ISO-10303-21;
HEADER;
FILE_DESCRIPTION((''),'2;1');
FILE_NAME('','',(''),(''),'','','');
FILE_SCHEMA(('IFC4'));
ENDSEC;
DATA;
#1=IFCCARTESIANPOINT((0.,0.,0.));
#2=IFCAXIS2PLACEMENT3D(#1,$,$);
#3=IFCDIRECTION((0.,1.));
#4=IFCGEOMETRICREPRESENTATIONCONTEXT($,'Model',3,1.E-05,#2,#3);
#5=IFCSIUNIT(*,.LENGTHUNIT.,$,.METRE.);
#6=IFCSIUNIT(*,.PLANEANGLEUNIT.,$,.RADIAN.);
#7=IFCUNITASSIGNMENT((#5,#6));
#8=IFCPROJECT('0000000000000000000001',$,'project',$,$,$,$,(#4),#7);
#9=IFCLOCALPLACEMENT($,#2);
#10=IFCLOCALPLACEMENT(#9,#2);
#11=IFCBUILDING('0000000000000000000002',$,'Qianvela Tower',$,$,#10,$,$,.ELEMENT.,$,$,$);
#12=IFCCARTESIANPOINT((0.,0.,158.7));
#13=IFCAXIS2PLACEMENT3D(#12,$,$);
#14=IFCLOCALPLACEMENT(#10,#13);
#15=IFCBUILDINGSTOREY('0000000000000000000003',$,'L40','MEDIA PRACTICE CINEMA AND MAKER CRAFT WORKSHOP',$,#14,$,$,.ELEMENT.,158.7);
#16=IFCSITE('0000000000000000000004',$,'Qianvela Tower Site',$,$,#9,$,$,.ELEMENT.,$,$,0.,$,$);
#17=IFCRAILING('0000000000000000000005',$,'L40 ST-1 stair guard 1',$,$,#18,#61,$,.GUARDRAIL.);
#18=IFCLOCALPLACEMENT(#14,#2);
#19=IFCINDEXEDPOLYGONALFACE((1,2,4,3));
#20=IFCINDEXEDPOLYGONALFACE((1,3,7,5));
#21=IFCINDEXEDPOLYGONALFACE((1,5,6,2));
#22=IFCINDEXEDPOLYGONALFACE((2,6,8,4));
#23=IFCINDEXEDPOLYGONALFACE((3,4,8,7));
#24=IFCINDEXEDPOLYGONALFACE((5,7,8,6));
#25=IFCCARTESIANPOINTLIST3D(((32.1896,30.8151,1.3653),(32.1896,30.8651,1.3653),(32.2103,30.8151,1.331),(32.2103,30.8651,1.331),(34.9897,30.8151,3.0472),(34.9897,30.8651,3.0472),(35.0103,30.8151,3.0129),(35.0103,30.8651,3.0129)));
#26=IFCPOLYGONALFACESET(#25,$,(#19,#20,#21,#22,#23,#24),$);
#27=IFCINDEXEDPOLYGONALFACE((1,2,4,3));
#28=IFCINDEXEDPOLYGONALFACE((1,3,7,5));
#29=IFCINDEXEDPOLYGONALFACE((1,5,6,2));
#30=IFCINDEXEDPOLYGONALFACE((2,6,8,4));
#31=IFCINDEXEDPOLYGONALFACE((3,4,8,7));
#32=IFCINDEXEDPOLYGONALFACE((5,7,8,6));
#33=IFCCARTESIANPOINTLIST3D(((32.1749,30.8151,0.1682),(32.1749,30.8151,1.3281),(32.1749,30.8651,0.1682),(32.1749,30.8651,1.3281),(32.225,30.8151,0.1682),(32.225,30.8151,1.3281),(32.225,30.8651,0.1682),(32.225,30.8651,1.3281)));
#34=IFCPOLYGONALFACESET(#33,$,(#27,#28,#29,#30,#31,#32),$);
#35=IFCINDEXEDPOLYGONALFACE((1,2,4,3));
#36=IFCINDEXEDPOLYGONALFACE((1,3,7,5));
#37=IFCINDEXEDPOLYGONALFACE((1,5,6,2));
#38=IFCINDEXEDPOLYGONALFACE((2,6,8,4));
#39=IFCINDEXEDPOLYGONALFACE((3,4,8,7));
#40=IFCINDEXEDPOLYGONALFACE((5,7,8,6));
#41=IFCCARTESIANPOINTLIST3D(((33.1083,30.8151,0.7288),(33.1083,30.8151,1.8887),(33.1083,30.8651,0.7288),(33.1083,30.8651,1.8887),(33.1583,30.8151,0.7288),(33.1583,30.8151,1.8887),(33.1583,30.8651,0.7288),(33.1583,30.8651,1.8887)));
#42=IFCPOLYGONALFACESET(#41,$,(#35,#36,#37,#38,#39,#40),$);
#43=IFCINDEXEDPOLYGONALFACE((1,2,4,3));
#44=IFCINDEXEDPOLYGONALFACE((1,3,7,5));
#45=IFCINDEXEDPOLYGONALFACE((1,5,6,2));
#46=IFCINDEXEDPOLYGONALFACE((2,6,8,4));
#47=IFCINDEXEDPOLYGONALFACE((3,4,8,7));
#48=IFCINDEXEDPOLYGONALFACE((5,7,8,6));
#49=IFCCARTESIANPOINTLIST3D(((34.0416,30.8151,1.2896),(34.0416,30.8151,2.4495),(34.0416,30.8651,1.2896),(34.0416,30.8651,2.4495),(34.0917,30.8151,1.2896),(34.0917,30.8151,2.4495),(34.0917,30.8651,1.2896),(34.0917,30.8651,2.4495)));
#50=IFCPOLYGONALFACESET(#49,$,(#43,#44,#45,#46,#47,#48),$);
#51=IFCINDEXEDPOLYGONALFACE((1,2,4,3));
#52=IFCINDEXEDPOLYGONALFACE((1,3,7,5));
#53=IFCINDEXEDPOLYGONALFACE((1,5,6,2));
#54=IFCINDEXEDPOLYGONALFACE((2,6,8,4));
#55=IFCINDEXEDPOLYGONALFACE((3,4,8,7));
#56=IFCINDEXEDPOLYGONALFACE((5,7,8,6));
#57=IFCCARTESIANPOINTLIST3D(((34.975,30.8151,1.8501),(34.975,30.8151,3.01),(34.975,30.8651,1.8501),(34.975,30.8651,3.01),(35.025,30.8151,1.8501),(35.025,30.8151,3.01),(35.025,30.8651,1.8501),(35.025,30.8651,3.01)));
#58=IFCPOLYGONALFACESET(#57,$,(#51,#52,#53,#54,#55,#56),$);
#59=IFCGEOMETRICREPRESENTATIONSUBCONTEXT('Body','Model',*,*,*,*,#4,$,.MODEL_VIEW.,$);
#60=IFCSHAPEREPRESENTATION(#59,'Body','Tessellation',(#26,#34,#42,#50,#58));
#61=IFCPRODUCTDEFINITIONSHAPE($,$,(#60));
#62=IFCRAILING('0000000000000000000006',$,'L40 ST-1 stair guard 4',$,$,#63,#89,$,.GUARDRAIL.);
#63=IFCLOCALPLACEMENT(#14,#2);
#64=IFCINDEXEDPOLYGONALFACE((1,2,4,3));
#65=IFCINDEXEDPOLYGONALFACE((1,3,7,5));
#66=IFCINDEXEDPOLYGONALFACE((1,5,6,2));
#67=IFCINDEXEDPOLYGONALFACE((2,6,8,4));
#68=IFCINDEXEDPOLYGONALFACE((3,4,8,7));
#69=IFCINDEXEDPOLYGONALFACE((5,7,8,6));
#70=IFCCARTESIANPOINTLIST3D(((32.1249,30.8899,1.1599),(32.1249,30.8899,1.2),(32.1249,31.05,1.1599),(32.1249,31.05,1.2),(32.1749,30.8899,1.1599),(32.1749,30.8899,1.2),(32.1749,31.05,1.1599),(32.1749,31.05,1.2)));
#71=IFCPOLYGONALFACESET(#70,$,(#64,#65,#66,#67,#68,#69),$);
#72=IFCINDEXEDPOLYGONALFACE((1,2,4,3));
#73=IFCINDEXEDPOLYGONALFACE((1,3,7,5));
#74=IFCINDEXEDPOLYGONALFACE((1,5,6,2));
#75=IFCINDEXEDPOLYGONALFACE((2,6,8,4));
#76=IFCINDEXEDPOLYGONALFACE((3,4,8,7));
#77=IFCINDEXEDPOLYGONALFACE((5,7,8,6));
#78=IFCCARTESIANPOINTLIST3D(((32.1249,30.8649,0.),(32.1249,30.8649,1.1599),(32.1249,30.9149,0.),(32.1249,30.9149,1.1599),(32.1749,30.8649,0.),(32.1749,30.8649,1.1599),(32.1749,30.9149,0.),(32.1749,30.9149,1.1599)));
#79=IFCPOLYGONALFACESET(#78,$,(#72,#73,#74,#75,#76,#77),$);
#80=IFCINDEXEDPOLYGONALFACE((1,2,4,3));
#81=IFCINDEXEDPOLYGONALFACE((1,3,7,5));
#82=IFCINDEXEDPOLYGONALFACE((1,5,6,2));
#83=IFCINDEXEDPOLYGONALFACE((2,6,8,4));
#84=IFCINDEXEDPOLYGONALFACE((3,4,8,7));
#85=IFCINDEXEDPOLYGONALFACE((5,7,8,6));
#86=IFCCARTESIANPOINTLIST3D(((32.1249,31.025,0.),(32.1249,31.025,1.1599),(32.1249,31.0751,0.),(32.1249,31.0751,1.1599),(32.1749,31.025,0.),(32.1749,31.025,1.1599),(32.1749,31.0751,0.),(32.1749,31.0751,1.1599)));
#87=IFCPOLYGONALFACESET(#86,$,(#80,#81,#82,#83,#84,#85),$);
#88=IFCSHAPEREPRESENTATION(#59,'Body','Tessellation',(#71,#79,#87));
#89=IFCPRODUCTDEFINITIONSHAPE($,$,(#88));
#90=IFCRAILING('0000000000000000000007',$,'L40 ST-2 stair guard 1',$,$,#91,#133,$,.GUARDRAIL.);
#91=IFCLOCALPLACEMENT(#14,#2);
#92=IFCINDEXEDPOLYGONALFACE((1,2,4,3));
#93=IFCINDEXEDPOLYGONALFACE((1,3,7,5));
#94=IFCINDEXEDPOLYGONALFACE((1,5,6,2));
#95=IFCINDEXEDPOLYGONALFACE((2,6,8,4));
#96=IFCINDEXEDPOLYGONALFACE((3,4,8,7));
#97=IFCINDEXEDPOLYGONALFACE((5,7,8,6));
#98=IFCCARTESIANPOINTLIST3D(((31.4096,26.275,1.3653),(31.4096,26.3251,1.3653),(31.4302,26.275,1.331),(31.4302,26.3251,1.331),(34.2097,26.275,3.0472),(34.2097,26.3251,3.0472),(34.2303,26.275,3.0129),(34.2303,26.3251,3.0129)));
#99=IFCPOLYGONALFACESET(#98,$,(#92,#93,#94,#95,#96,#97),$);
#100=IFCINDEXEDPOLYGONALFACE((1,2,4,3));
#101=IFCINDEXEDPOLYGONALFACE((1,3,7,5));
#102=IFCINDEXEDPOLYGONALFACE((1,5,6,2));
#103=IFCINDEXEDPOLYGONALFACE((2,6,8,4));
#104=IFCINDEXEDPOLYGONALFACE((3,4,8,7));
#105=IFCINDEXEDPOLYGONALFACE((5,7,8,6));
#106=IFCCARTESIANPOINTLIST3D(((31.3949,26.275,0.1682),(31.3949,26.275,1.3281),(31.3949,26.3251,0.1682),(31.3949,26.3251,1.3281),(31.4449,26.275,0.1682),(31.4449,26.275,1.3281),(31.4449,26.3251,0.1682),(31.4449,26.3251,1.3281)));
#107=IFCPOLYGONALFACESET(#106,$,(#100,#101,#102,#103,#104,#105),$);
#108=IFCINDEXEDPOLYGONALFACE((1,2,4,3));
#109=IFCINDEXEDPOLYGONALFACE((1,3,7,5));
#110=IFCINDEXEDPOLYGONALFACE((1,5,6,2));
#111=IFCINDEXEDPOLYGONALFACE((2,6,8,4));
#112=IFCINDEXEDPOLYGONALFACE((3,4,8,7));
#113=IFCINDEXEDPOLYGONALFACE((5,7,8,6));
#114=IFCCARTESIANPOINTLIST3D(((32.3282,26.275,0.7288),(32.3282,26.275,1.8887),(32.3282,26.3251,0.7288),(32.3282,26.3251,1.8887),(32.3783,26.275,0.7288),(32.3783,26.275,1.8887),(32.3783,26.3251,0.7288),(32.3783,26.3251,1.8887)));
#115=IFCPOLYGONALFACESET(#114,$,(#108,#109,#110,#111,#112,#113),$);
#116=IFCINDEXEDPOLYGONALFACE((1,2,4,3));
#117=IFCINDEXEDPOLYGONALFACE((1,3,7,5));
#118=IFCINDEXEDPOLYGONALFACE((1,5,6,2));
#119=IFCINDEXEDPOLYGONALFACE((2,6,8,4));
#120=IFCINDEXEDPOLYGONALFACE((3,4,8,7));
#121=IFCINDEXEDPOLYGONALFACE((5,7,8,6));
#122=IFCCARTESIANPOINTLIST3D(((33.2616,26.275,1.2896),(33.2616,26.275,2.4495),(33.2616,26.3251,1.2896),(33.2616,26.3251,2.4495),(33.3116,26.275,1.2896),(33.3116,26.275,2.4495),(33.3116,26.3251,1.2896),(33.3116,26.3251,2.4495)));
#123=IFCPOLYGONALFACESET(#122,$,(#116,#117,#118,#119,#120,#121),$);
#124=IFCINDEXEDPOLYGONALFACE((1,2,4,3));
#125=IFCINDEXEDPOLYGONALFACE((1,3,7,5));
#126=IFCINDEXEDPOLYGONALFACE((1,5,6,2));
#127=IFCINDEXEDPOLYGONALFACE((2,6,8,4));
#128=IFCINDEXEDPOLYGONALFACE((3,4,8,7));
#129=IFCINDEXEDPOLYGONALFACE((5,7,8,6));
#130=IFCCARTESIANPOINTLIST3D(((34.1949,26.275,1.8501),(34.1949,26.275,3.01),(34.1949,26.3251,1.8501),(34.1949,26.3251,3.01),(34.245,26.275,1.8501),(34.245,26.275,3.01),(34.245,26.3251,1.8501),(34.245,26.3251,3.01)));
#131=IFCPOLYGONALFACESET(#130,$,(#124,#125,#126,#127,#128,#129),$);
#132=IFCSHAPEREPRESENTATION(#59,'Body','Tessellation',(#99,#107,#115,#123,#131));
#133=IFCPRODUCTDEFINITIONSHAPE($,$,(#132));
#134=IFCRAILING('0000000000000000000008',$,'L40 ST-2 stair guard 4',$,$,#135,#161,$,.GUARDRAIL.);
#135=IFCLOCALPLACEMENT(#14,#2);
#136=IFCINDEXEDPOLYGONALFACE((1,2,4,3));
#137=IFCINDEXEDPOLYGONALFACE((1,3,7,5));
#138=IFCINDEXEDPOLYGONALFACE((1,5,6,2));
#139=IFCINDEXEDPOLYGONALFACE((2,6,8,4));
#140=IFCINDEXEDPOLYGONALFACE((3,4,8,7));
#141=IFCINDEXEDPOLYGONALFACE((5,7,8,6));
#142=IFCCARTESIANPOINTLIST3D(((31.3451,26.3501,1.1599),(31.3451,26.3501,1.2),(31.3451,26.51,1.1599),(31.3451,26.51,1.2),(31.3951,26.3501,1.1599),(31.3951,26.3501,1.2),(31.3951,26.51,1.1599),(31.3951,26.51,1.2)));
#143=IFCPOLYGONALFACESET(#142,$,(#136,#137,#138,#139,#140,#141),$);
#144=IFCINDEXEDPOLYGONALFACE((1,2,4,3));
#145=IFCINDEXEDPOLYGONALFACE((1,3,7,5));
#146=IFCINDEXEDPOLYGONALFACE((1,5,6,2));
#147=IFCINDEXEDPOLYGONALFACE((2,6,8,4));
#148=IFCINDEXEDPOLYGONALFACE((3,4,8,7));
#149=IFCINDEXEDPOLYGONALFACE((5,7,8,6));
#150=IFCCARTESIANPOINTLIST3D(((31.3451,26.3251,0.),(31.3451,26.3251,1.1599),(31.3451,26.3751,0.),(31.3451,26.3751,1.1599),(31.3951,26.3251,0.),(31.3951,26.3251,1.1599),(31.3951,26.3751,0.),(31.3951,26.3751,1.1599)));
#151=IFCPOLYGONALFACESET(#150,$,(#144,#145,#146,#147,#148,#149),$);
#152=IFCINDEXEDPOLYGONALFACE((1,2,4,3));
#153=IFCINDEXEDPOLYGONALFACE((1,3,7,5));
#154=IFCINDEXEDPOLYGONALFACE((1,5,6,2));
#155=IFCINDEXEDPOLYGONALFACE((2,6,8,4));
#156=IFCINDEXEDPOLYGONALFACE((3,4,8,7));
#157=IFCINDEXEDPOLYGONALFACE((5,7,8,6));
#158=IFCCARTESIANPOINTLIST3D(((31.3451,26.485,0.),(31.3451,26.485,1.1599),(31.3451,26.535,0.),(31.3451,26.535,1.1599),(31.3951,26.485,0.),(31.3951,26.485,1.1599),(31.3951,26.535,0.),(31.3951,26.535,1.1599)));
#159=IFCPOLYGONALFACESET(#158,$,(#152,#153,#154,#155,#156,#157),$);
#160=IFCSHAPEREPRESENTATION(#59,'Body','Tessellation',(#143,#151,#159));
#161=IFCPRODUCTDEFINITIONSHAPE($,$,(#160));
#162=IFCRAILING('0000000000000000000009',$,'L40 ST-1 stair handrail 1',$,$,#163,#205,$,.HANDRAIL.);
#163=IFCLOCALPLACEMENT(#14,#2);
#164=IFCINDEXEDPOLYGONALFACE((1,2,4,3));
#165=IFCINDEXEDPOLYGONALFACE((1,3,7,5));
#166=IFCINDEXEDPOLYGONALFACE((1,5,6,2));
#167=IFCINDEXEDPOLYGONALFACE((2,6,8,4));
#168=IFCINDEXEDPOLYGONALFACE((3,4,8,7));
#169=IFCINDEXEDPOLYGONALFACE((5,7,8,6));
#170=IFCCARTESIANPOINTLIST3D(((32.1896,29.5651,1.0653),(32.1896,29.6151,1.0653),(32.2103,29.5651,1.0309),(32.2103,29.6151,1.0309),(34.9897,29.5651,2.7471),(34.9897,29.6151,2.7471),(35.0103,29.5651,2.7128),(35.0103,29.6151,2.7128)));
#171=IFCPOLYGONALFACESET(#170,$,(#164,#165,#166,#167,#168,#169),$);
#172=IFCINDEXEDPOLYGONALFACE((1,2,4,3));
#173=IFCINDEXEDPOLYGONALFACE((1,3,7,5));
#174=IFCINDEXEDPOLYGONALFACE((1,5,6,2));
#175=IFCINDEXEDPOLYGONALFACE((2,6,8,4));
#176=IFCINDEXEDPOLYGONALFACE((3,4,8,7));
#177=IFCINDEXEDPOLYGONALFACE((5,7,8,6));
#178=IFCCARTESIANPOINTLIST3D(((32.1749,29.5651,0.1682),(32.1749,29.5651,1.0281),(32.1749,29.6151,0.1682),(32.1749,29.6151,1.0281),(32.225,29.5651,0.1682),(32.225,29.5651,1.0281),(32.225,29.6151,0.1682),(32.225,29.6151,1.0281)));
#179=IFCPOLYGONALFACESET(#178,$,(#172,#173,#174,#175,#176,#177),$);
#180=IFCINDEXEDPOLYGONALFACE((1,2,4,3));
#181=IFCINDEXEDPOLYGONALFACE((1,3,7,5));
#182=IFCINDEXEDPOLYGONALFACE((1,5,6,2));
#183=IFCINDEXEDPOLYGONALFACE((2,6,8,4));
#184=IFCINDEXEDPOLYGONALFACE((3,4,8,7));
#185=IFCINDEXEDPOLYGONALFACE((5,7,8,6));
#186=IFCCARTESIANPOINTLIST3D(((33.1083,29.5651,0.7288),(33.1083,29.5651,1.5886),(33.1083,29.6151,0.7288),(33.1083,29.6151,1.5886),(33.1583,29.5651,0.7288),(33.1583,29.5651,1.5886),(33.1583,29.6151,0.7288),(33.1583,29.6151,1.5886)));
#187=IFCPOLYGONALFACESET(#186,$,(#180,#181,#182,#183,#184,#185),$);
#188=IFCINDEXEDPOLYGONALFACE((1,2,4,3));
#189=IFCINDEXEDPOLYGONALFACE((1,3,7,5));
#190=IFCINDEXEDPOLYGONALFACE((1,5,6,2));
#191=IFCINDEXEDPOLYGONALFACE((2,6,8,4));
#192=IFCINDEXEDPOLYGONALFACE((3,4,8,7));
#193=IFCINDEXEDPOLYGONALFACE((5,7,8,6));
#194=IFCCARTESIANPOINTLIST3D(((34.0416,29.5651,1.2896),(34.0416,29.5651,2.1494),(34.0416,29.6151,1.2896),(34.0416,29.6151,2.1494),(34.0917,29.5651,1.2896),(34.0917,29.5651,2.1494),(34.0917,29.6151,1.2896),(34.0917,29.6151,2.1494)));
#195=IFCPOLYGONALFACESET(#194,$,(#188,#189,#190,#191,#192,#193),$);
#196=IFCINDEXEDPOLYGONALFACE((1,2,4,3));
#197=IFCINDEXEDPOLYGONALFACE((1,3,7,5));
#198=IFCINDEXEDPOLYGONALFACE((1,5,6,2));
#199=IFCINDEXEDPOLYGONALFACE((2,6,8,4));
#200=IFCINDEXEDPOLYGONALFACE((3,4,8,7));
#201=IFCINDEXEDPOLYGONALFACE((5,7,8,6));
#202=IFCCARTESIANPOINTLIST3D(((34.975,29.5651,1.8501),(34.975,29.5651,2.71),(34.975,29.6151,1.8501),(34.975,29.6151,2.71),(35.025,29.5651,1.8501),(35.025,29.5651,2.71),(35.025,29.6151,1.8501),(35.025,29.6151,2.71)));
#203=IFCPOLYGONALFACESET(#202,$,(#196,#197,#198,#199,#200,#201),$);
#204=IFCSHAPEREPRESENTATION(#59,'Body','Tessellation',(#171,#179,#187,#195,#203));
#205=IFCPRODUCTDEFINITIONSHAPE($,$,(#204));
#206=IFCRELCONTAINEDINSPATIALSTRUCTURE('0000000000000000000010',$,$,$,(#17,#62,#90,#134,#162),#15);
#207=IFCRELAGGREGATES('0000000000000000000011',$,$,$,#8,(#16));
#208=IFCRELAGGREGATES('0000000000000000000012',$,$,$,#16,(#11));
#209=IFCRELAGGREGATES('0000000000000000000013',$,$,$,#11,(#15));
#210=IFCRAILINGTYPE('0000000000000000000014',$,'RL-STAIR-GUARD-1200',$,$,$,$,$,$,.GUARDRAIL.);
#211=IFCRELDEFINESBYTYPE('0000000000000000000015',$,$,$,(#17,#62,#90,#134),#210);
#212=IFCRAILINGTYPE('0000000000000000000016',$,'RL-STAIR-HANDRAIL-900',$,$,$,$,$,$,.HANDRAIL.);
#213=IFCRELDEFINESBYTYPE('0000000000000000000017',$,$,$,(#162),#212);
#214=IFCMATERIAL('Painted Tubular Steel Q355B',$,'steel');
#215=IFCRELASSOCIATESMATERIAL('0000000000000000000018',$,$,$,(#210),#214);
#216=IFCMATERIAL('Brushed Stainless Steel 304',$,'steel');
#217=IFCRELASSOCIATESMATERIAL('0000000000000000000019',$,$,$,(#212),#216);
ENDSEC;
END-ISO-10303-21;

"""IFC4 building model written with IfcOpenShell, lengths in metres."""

from ifc_helpers import new_model, si_unit, direction, frame, origin, origin_2d, place, context, subcontext, project, spatial, rectangle, extrude, material, type_object, element, save


model = new_model("IFC4")

# Units and contexts
model_context = context("Model", 3, precision=1e-05, world=origin(), true_north=direction((0.0, 1.0)))
body_context = subcontext(model_context, "Body", "Model", "MODEL_VIEW")
ifc_project = project(units=[si_unit("LENGTHUNIT", "METRE"), si_unit("PLANEANGLEUNIT", "RADIAN")], contexts=[model_context])

# Site, building, storey
site_placement = place(None, origin())
site = spatial("IfcSite", under=ifc_project, at=site_placement, Name="Qianvela Tower Site", CompositionType="ELEMENT", RefElevation=0.0)
building_placement = place(site_placement, origin())
building = spatial("IfcBuilding", under=site, at=building_placement, Name="Qianvela Tower", CompositionType="ELEMENT")
storey_placement = place(building_placement, frame((0.0, 0.0, 158.7)))
storey = spatial("IfcBuildingStorey", under=building, at=storey_placement, Name="L40", Description="MEDIA PRACTICE CINEMA AND MAKER CRAFT WORKSHOP", CompositionType="ELEMENT", Elevation=158.7)

# Railings
ifc_material_1 = material(Name="Painted Tubular Steel Q355B", Category="steel")
railing_type_1 = type_object("IfcRailingType", Name="RL-STAIR-GUARD-1200", PredefinedType="GUARDRAIL", material=ifc_material_1)
railing_1_placement = place(storey_placement, frame((32.2, 30.8401, 0.1682)))
element("IfcRailing", 1, at=railing_1_placement, inside=storey, type_object=railing_type_1, Name="L40 ST-1 stair guard 1", PredefinedType="GUARDRAIL", context=body_context, shape_type="SweptSolid", body=[
    extrude(rectangle(XDim=0.05, YDim=0.04, at=origin_2d()), frame((0.0, 0.0, 1.1799), z_axis=(0.857242, 0.0, 0.514913), x_axis=(0.0, 1.0, 0.0)), (0.0, 0.0, 1.0), 3.2664),
    extrude(rectangle(XDim=0.05, YDim=0.05, at=origin_2d()), origin(), (0.0, 0.0, 1.0), 1.1599),
    extrude(rectangle(XDim=0.05, YDim=0.05, at=origin_2d()), frame((0.9333, 0.0, 0.5605)), (0.0, 0.0, 1.0), 1.1599),
    extrude(rectangle(XDim=0.05, YDim=0.05, at=origin_2d()), frame((1.8667, 0.0, 1.1213)), (0.0, 0.0, 1.0), 1.1599),
    extrude(rectangle(XDim=0.05, YDim=0.05, at=origin_2d()), frame((2.8, 0.0, 1.6819)), (0.0, 0.0, 1.0), 1.1599),
])
railing_2_placement = place(storey_placement, frame((32.1499, 30.8899, 0.0)))
element("IfcRailing", 2, at=railing_2_placement, inside=storey, type_object=railing_type_1, Name="L40 ST-1 stair guard 4", PredefinedType="GUARDRAIL", context=body_context, shape_type="SweptSolid", body=[
    extrude(rectangle(XDim=0.05, YDim=0.04, at=origin_2d()), frame((0.0, 0.0, 1.1799), z_axis=(0.0, 1.0, 0.0), x_axis=(-1.0, 0.0, 0.0)), (0.0, 0.0, 1.0), 0.1602),
    extrude(rectangle(XDim=0.05, YDim=0.05, at=origin_2d()), origin(), (0.0, 0.0, 1.0), 1.1599),
    extrude(rectangle(XDim=0.05, YDim=0.05, at=origin_2d()), frame((0.0, 0.1602, 0.0)), (0.0, 0.0, 1.0), 1.1599),
])
railing_3_placement = place(storey_placement, frame((31.4199, 26.3, 0.1682)))
element("IfcRailing", 3, at=railing_3_placement, inside=storey, type_object=railing_type_1, Name="L40 ST-2 stair guard 1", PredefinedType="GUARDRAIL", context=body_context, shape_type="SweptSolid", body=[
    extrude(rectangle(XDim=0.05, YDim=0.04, at=origin_2d()), frame((0.0, 0.0, 1.1799), z_axis=(0.857242, 0.0, 0.514913), x_axis=(0.0, 1.0, 0.0)), (0.0, 0.0, 1.0), 3.2664),
    extrude(rectangle(XDim=0.05, YDim=0.05, at=origin_2d()), origin(), (0.0, 0.0, 1.0), 1.1599),
    extrude(rectangle(XDim=0.05, YDim=0.05, at=origin_2d()), frame((0.9333, 0.0, 0.5605)), (0.0, 0.0, 1.0), 1.1599),
    extrude(rectangle(XDim=0.05, YDim=0.05, at=origin_2d()), frame((1.8667, 0.0, 1.1213)), (0.0, 0.0, 1.0), 1.1599),
    extrude(rectangle(XDim=0.05, YDim=0.05, at=origin_2d()), frame((2.8, 0.0, 1.6819)), (0.0, 0.0, 1.0), 1.1599),
])
railing_4_placement = place(storey_placement, frame((31.3701, 26.3501, 0.0)))
element("IfcRailing", 4, at=railing_4_placement, inside=storey, type_object=railing_type_1, Name="L40 ST-2 stair guard 4", PredefinedType="GUARDRAIL", context=body_context, shape_type="SweptSolid", body=[
    extrude(rectangle(XDim=0.05, YDim=0.04, at=origin_2d()), frame((0.0, 0.0, 1.1799), z_axis=(0.0, 1.0, 0.0), x_axis=(-1.0, 0.0, 0.0)), (0.0, 0.0, 1.0), 0.1599),
    extrude(rectangle(XDim=0.05, YDim=0.05, at=origin_2d()), origin(), (0.0, 0.0, 1.0), 1.1599),
    extrude(rectangle(XDim=0.05, YDim=0.05, at=origin_2d()), frame((0.0, 0.1599, 0.0)), (0.0, 0.0, 1.0), 1.1599),
])
ifc_material_2 = material(Name="Brushed Stainless Steel 304", Category="steel")
railing_type_2 = type_object("IfcRailingType", Name="RL-STAIR-HANDRAIL-900", PredefinedType="HANDRAIL", material=ifc_material_2)
for number, where, name in (
    (5, (32.2, 29.5901, 0.1682), "L40 ST-1 stair handrail 1"),
):
    element("IfcRailing", number, at=place(storey_placement, frame(where)), inside=storey, type_object=railing_type_2, Name=name, PredefinedType="HANDRAIL", context=body_context, shape_type="SweptSolid", body=[
        extrude(rectangle(XDim=0.05, YDim=0.04, at=origin_2d()), frame((0.0, 0.0, 0.8799), z_axis=(0.857242, 0.0, 0.514913), x_axis=(0.0, 1.0, 0.0)), (0.0, 0.0, 1.0), 3.2664),
        extrude(rectangle(XDim=0.05, YDim=0.05, at=origin_2d()), origin(), (0.0, 0.0, 1.0), 0.8599),
        extrude(rectangle(XDim=0.05, YDim=0.05, at=origin_2d()), frame((0.9333, 0.0, 0.5605)), (0.0, 0.0, 1.0), 0.8599),
        extrude(rectangle(XDim=0.05, YDim=0.05, at=origin_2d()), frame((1.8667, 0.0, 1.1213)), (0.0, 0.0, 1.0), 0.8599),
        extrude(rectangle(XDim=0.05, YDim=0.05, at=origin_2d()), frame((2.8, 0.0, 1.6819)), (0.0, 0.0, 1.0), 0.8599),
    ])

save(model, "model.ifc")
